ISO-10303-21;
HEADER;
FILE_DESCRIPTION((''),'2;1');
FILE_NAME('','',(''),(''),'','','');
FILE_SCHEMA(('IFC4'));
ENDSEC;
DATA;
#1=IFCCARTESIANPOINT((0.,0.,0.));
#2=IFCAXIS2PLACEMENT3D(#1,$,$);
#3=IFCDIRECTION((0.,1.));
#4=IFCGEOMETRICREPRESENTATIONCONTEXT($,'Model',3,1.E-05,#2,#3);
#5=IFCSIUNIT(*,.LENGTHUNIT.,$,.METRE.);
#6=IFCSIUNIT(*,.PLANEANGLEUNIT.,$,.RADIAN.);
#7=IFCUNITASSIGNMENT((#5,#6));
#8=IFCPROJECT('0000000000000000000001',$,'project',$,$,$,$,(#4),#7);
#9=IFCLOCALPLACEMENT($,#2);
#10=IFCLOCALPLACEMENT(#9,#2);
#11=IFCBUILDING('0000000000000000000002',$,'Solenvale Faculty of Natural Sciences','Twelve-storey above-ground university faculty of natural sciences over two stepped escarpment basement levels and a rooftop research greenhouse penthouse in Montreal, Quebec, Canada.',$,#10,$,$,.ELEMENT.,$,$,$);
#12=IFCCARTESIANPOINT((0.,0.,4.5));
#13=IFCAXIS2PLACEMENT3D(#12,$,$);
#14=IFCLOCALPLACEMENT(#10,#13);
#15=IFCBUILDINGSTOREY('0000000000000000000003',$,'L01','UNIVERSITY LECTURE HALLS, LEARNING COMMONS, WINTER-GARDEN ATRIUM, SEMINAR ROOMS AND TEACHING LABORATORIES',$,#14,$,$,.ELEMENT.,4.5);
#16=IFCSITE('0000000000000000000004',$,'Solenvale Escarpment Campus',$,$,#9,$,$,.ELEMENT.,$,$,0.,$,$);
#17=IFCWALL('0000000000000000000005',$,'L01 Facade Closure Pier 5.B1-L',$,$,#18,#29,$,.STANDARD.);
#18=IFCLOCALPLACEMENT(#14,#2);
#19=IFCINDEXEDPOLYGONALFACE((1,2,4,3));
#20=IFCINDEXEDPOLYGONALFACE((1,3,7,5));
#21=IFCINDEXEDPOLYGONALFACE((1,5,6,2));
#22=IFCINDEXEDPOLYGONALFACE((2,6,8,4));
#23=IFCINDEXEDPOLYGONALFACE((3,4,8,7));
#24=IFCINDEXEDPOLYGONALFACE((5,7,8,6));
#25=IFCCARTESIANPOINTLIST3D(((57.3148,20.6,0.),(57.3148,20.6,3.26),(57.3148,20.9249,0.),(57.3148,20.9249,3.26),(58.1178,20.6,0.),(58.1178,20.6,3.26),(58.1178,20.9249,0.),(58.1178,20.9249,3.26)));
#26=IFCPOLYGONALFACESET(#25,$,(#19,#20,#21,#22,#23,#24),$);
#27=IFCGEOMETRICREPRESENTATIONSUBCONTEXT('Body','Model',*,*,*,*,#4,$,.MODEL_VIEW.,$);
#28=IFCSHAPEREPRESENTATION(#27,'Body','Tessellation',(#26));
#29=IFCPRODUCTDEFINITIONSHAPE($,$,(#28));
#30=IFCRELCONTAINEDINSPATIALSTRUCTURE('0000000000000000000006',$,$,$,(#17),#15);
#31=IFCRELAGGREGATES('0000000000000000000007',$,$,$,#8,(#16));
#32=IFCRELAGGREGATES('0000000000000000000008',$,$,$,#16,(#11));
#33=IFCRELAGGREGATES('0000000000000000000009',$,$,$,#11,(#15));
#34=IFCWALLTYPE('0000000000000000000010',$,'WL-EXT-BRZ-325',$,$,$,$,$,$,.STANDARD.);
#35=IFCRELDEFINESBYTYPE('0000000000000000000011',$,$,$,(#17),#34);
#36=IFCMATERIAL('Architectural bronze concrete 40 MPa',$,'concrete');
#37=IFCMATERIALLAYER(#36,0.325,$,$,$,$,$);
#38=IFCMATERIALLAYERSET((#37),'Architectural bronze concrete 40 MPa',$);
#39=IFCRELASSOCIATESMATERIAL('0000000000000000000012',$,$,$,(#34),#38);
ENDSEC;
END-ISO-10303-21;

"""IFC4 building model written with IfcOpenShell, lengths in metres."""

from ifc_helpers import new_model, si_unit, direction, frame, frame_2d, origin, place, context, subcontext, project, spatial, rectangle, extrude, material, layer, layer_set, type_object, element, save


model = new_model("IFC4")

# Units and contexts
model_context = context("Model", 3, precision=1e-05, world=origin(), true_north=direction((0.0, 1.0)))
body_context = subcontext(model_context, "Body", "Model", "MODEL_VIEW")
ifc_project = project(units=[si_unit("LENGTHUNIT", "METRE"), si_unit("PLANEANGLEUNIT", "RADIAN")], contexts=[model_context])

# Site, building, storey
site_placement = place(None, origin())
site = spatial("IfcSite", under=ifc_project, at=site_placement, Name="Solenvale Escarpment Campus", CompositionType="ELEMENT", RefElevation=0.0)
building_placement = place(site_placement, origin())
building = spatial("IfcBuilding", under=site, at=building_placement, Name="Solenvale Faculty of Natural Sciences", Description="Twelve-storey above-ground university faculty of natural sciences over two stepped escarpment basement levels and a rooftop research greenhouse penthouse in Montreal, Quebec, Canada.", CompositionType="ELEMENT")
storey_placement = place(building_placement, frame((0.0, 0.0, 4.5)))
storey = spatial("IfcBuildingStorey", under=building, at=storey_placement, Name="L01", Description="UNIVERSITY LECTURE HALLS, LEARNING COMMONS, WINTER-GARDEN ATRIUM, SEMINAR ROOMS AND TEACHING LABORATORIES", CompositionType="ELEMENT", Elevation=4.5)

# Wall
ifc_material_1 = material(Name="Architectural bronze concrete 40 MPa", Category="concrete")
ifc_layer_1 = layer(ifc_material_1, 0.325)
ifc_layer_set_1 = layer_set([ifc_layer_1], Name="Architectural bronze concrete 40 MPa")
wall_type = type_object("IfcWallType", Name="WL-EXT-BRZ-325", PredefinedType="STANDARD", material=ifc_layer_set_1)
wall_placement = place(storey_placement, frame((57.3149, 20.7625, 0.0), z_axis=(0.0, 0.0, 1.0), x_axis=(1.0, 0.0, 0.0)))
element("IfcWall", 1, at=wall_placement, inside=storey, type_object=wall_type, Name="L01 Facade Closure Pier 5.B1-L", PredefinedType="STANDARD", context=body_context, shape_type="SweptSolid", body=[
    extrude(rectangle(XDim=0.803, YDim=0.325, at=frame_2d((0.4014, 0.0))), origin(), (0.0, 0.0, 1.0), 3.26),
])

save(model, "model.ifc")
